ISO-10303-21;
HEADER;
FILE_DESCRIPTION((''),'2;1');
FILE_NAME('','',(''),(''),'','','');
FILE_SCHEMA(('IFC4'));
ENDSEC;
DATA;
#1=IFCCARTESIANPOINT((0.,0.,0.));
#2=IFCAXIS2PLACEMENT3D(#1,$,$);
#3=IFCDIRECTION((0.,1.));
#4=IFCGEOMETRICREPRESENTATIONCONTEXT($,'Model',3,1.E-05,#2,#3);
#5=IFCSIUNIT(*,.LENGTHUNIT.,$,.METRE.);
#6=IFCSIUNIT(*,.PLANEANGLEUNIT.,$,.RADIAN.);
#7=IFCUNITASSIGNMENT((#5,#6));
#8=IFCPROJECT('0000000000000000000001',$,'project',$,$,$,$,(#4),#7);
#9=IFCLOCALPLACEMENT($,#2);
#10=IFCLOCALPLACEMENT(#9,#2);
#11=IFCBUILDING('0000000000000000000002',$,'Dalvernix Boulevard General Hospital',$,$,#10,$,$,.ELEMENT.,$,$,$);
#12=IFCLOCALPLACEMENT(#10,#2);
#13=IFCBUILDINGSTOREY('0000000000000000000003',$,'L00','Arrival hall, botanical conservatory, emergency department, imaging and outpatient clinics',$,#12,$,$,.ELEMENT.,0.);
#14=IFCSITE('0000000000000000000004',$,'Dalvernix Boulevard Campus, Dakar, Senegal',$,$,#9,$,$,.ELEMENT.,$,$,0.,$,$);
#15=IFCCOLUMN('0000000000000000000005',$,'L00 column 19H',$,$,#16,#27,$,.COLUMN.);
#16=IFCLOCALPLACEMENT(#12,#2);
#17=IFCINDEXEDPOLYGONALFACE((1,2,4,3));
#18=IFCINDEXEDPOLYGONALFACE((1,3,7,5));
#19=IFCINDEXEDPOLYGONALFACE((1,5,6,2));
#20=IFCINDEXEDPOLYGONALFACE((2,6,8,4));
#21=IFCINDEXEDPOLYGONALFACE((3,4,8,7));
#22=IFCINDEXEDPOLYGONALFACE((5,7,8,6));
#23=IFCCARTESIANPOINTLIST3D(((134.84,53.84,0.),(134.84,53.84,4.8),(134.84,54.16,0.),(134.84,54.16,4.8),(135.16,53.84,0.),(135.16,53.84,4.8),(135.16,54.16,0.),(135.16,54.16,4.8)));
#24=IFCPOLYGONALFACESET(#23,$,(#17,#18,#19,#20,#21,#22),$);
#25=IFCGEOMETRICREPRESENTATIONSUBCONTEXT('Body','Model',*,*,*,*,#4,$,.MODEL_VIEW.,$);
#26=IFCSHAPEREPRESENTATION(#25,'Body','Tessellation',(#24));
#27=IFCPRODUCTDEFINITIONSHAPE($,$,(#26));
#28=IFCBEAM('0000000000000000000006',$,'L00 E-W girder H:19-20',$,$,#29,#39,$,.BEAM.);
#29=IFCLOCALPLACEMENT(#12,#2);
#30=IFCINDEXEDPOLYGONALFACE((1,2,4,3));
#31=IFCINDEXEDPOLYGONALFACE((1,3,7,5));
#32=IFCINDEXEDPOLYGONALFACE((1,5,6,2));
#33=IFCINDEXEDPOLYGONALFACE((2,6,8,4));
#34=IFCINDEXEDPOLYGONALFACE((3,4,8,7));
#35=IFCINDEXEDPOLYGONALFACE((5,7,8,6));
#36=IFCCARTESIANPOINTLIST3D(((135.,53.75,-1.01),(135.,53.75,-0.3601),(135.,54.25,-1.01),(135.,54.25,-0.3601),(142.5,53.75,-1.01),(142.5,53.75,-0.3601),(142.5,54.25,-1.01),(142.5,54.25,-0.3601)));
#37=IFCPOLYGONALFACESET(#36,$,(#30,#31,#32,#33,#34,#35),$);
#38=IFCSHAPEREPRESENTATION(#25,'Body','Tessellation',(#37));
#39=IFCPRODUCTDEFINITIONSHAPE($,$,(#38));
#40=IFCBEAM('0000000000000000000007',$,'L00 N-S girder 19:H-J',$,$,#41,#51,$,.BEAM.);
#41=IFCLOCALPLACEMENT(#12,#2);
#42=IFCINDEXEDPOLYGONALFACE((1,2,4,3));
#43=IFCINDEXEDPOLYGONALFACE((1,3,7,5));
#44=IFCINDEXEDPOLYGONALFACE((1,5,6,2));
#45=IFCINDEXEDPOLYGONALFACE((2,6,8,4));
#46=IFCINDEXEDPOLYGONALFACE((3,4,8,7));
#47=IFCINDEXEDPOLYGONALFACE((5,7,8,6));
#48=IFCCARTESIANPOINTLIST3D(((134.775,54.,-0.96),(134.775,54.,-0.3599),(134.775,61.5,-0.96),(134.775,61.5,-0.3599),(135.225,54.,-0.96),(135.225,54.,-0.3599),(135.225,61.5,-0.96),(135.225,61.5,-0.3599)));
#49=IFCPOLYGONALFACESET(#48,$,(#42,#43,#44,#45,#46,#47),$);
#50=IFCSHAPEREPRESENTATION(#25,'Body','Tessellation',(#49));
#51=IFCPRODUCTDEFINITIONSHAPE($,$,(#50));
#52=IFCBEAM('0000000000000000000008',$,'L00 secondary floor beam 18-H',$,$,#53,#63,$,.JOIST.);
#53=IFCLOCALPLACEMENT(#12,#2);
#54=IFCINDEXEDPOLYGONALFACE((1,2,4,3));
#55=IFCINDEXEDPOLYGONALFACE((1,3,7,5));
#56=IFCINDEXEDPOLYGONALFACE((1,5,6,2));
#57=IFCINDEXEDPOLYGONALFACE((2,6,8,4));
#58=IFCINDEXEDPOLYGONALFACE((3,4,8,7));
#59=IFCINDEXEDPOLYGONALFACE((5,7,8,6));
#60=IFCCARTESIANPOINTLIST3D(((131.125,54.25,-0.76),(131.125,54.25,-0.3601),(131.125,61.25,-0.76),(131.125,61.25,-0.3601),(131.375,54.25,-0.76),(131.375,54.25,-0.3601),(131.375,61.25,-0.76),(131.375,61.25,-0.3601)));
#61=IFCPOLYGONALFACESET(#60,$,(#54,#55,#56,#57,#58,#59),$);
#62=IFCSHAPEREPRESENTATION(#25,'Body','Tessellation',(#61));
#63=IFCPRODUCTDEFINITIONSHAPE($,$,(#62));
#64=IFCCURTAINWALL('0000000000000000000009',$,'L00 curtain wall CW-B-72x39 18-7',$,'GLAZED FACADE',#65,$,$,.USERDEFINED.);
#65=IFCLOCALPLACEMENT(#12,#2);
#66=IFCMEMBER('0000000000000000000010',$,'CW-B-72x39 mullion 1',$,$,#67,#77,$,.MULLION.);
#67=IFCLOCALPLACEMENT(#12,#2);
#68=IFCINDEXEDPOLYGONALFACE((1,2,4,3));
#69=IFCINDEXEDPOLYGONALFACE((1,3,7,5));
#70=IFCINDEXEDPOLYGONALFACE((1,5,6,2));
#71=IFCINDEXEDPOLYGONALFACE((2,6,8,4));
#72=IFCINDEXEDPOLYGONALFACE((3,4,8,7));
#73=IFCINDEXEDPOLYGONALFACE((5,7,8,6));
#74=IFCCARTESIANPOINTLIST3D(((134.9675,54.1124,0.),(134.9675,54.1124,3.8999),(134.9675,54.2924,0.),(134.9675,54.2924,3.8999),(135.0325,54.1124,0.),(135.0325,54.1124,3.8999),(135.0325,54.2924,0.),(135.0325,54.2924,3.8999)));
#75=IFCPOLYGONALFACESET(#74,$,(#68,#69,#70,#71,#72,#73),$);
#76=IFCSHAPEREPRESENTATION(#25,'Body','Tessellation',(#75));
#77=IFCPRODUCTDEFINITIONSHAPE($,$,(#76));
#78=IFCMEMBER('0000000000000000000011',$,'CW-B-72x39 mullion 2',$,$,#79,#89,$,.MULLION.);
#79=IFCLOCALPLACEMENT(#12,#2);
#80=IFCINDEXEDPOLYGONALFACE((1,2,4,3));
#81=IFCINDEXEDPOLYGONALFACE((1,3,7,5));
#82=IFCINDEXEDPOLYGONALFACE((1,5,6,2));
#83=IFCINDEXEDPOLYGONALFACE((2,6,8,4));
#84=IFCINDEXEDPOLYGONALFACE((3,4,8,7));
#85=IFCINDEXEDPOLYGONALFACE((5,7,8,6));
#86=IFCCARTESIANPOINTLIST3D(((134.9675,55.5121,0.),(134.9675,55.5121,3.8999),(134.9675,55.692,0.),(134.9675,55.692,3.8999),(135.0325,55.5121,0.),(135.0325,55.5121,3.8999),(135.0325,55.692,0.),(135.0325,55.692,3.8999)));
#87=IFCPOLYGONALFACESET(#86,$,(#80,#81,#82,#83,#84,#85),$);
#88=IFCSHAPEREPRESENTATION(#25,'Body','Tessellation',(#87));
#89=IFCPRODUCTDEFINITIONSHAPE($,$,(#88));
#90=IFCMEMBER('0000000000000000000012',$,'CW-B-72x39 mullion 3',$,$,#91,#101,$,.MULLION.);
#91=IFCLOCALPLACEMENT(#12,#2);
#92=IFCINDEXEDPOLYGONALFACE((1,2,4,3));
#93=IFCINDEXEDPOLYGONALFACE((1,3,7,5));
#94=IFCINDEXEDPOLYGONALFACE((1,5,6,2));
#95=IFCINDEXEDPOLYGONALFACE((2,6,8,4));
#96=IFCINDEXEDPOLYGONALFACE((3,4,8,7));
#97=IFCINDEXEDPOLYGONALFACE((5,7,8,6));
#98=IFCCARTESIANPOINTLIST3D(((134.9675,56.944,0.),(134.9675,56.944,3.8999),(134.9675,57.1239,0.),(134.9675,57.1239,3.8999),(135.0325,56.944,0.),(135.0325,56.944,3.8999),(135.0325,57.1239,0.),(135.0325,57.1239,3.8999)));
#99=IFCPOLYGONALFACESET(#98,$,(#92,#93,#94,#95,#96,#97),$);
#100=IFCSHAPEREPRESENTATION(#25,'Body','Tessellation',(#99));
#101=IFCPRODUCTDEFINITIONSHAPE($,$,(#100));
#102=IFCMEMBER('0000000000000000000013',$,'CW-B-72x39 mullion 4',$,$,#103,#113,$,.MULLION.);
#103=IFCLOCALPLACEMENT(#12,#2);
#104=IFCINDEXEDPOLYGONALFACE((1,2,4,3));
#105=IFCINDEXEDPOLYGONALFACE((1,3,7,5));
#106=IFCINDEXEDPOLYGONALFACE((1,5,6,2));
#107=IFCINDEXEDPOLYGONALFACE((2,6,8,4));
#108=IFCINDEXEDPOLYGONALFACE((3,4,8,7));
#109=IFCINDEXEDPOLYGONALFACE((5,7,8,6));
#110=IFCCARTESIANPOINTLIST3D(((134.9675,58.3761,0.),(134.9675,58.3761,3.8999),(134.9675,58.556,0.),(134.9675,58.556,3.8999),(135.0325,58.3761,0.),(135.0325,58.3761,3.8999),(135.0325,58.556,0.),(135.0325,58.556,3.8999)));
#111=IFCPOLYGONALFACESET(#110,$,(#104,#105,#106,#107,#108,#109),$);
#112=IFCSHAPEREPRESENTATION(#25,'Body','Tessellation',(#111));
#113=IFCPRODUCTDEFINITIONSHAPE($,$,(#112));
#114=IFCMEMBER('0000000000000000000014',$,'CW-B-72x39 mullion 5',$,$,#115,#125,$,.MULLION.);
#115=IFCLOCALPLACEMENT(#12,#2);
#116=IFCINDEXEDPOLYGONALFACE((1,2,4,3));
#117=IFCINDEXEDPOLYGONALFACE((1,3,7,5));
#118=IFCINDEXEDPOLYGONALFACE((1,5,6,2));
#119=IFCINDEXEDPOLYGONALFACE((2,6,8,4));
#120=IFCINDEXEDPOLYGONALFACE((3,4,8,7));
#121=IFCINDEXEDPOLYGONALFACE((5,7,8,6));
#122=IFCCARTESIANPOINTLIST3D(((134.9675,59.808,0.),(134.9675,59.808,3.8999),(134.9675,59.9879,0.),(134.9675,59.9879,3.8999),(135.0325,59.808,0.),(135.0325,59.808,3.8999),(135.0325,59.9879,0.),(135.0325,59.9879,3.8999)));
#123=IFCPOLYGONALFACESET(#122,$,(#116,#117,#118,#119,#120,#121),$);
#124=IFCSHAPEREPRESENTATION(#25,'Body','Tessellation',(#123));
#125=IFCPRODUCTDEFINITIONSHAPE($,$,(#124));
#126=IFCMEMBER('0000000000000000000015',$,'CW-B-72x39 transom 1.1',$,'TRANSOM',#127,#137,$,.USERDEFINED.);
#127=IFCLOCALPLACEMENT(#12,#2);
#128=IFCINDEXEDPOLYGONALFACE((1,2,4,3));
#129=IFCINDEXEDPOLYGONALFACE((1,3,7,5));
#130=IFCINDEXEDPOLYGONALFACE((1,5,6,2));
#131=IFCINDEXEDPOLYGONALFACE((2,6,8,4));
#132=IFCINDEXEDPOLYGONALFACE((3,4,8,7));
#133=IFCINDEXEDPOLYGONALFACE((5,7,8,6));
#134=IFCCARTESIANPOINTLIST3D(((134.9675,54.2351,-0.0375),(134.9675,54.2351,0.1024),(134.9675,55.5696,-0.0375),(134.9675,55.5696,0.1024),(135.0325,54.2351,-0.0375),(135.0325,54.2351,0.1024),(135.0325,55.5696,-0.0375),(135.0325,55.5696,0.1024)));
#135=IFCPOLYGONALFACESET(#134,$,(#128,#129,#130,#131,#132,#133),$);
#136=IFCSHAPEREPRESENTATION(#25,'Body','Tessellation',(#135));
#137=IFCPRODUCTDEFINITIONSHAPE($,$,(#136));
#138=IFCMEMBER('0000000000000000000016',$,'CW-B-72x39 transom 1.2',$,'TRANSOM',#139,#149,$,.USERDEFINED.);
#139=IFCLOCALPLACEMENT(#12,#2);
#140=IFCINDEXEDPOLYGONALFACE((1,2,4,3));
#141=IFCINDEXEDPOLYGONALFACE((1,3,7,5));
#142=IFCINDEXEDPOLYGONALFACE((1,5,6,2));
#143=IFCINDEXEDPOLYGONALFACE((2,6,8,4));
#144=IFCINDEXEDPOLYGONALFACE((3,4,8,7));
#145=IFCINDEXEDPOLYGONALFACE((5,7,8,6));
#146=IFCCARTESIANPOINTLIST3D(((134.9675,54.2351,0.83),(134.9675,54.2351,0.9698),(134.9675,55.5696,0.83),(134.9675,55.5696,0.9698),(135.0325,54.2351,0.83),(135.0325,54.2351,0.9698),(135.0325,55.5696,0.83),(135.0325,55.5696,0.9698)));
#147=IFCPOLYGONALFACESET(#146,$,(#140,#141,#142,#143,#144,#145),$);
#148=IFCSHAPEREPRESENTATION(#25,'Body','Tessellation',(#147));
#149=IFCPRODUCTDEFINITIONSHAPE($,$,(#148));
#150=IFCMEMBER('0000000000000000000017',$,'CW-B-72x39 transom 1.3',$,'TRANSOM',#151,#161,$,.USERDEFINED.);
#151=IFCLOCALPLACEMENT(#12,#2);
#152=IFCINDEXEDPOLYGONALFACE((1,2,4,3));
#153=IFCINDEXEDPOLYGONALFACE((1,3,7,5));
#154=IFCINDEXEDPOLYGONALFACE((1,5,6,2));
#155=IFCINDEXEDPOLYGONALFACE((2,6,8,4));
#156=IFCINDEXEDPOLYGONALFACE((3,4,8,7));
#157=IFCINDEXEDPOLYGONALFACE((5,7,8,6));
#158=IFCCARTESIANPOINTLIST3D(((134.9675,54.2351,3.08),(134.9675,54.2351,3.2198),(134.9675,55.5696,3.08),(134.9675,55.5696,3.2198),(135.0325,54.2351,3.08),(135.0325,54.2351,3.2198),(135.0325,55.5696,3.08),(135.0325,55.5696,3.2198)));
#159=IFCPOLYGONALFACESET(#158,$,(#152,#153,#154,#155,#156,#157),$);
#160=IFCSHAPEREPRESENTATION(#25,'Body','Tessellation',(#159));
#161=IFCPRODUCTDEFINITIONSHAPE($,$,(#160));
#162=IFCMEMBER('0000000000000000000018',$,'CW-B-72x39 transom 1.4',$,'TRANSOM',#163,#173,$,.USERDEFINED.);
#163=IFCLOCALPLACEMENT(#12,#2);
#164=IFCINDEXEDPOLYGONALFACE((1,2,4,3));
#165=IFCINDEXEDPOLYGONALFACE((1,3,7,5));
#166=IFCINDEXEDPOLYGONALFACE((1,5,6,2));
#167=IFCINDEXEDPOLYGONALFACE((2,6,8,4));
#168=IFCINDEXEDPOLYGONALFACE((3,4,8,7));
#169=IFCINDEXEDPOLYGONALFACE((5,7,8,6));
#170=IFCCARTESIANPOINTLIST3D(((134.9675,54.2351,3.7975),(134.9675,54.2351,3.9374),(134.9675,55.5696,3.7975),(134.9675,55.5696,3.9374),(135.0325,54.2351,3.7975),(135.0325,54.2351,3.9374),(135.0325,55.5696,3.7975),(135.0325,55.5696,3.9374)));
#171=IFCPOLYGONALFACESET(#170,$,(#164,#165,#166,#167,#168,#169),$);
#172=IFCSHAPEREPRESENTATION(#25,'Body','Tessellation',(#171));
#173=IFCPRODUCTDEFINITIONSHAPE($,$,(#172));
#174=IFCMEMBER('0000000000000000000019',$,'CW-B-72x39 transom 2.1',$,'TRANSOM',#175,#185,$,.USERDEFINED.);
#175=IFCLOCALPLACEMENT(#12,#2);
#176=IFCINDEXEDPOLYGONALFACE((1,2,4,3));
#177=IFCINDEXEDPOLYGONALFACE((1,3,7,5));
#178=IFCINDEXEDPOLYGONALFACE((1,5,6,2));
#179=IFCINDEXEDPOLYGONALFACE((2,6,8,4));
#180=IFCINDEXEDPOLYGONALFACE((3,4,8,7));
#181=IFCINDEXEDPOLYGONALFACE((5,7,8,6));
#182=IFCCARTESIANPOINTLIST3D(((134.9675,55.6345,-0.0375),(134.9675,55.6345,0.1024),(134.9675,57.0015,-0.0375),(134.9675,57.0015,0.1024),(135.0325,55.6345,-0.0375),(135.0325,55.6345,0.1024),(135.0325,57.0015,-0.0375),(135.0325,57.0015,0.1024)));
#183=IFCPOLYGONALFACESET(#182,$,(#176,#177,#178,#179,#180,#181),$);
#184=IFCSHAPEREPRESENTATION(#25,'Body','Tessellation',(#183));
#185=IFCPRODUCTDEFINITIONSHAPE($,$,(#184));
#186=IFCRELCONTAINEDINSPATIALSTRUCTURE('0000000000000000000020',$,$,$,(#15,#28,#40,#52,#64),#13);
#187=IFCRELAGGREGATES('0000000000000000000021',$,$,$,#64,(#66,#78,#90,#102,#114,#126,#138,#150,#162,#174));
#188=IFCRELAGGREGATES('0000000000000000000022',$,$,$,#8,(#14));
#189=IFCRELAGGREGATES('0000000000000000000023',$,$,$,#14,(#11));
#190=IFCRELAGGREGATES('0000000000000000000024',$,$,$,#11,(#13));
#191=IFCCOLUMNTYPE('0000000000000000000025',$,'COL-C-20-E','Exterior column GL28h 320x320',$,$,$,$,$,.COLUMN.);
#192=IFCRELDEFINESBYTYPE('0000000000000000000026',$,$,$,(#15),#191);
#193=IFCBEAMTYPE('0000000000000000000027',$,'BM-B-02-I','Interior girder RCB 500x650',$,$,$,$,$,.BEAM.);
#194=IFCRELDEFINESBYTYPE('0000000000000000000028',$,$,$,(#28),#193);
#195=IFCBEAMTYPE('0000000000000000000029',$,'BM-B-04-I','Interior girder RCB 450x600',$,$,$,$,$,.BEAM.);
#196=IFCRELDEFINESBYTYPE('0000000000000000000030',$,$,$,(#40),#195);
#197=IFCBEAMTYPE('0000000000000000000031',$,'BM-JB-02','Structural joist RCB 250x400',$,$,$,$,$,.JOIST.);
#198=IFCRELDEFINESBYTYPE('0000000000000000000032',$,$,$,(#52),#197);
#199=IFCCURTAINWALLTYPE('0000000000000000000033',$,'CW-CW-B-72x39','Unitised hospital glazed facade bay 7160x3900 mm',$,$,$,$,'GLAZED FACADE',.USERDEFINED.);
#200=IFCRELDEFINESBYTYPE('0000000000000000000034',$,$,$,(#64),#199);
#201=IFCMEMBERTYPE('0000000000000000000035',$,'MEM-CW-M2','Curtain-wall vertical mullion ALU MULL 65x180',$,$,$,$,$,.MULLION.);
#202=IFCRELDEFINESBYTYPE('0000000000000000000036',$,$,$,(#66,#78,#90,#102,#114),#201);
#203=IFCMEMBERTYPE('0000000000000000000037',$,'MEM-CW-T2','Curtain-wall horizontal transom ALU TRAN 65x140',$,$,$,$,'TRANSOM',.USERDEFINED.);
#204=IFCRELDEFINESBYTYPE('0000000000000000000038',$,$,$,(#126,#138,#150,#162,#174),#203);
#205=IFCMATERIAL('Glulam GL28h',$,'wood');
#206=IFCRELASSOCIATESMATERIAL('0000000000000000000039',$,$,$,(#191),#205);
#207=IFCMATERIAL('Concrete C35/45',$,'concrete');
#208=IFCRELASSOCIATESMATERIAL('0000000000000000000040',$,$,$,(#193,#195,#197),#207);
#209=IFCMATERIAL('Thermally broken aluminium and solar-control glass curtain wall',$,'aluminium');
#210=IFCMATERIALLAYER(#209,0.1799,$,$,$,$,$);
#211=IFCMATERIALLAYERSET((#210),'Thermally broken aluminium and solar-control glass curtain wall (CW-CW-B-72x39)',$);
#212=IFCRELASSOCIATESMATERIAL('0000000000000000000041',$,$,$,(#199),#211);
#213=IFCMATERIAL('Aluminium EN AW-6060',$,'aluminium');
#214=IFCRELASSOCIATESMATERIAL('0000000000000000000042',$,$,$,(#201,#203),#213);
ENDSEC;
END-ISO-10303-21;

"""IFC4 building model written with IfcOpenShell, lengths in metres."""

from ifc_helpers import new_model, si_unit, direction, frame, origin, origin_2d, place, context, subcontext, project, spatial, rectangle, extrude, material, layer, layer_set, material_profile, profile_set, type_object, element, aggregate, save


model = new_model("IFC4")

# Units and contexts
model_context = context("Model", 3, precision=1e-05, world=origin(), true_north=direction((0.0, 1.0)))
body_context = subcontext(model_context, "Body", "Model", "MODEL_VIEW")
ifc_project = project(units=[si_unit("LENGTHUNIT", "METRE"), si_unit("PLANEANGLEUNIT", "RADIAN")], contexts=[model_context])

# Site, building, storey
site_placement = place(None, origin())
site = spatial("IfcSite", under=ifc_project, at=site_placement, Name="Dalvernix Boulevard Campus, Dakar, Senegal", CompositionType="ELEMENT", RefElevation=0.0)
building_placement = place(site_placement, origin())
building = spatial("IfcBuilding", under=site, at=building_placement, Name="Dalvernix Boulevard General Hospital", CompositionType="ELEMENT")
storey_placement = place(building_placement, origin())
storey = spatial("IfcBuildingStorey", under=building, at=storey_placement, Name="L00", Description="Arrival hall, botanical conservatory, emergency department, imaging and outpatient clinics", CompositionType="ELEMENT", Elevation=0.0)

# Column
ifc_material_1 = material(Name="Glulam GL28h", Category="wood")
ifc_material_profile_1 = material_profile(ifc_material_1, rectangle(XDim=0.3201, YDim=0.3201, at=origin_2d()), Name="GL28h 320x320")
ifc_profile_set_1 = profile_set([ifc_material_profile_1], Name="Glulam GL28h")
column_type = type_object("IfcColumnType", Name="COL-C-20-E", Description="Exterior column GL28h 320x320", PredefinedType="COLUMN", material=ifc_profile_set_1)
column_placement = place(storey_placement, frame((135.0, 54.0, 0.0), z_axis=(0.0, 0.0, 1.0), x_axis=(1.0, 0.0, 0.0)))
element("IfcColumn", 1, at=column_placement, inside=storey, type_object=column_type, Name="L00 column 19H", PredefinedType="COLUMN", context=body_context, shape_type="SweptSolid", body=[
    extrude(rectangle(XDim=0.3201, YDim=0.3201, at=origin_2d()), origin(), (0.0, 0.0, 1.0), 4.8),
])

# Beams
ifc_material_2 = material(Name="Concrete C35/45", Category="concrete")
ifc_material_profile_2 = material_profile(ifc_material_2, rectangle(XDim=0.5, YDim=0.6499, at=origin_2d()), Name="RCB 500x650")
ifc_profile_set_2 = profile_set([ifc_material_profile_2], Name="Concrete C35/45")
beam_type_1 = type_object("IfcBeamType", Name="BM-B-02-I", Description="Interior girder RCB 500x650", PredefinedType="BEAM", material=ifc_profile_set_2)
beam_1_placement = place(storey_placement, frame((135.0, 54.0, -0.6851), z_axis=(1.0, 0.0, 0.0), x_axis=(0.0, 1.0, 0.0)))
element("IfcBeam", 2, at=beam_1_placement, inside=storey, type_object=beam_type_1, Name="L00 E-W girder H:19-20", PredefinedType="BEAM", context=body_context, shape_type="SweptSolid", body=[
    extrude(rectangle(XDim=0.5, YDim=0.6499, at=origin_2d()), origin(), (0.0, 0.0, 1.0), 7.5),
])
ifc_material_profile_3 = material_profile(ifc_material_2, rectangle(XDim=0.45, YDim=0.6001, at=origin_2d()), Name="RCB 450x600")
ifc_profile_set_3 = profile_set([ifc_material_profile_3], Name="Concrete C35/45")
beam_type_2 = type_object("IfcBeamType", Name="BM-B-04-I", Description="Interior girder RCB 450x600", PredefinedType="BEAM", material=ifc_profile_set_3)
beam_2_placement = place(storey_placement, frame((135.0, 54.0, -0.6599), z_axis=(0.0, 1.0, 0.0), x_axis=(-1.0, 0.0, 0.0)))
element("IfcBeam", 3, at=beam_2_placement, inside=storey, type_object=beam_type_2, Name="L00 N-S girder 19:H-J", PredefinedType="BEAM", context=body_context, shape_type="SweptSolid", body=[
    extrude(rectangle(XDim=0.45, YDim=0.6001, at=origin_2d()), origin(), (0.0, 0.0, 1.0), 7.5),
])
ifc_material_profile_4 = material_profile(ifc_material_2, rectangle(XDim=0.25, YDim=0.3999, at=origin_2d()), Name="RCB 250x400")
ifc_profile_set_4 = profile_set([ifc_material_profile_4], Name="Concrete C35/45")
beam_type_3 = type_object("IfcBeamType", Name="BM-JB-02", Description="Structural joist RCB 250x400", PredefinedType="JOIST", material=ifc_profile_set_4)
beam_3_placement = place(storey_placement, frame((131.25, 54.25, -0.5601), z_axis=(0.0, 1.0, 0.0), x_axis=(-1.0, 0.0, 0.0)))
element("IfcBeam", 4, at=beam_3_placement, inside=storey, type_object=beam_type_3, Name="L00 secondary floor beam 18-H", PredefinedType="JOIST", context=body_context, shape_type="SweptSolid", body=[
    extrude(rectangle(XDim=0.25, YDim=0.3999, at=origin_2d()), origin(), (0.0, 0.0, 1.0), 7.0),
])

# Curtain wall, members
ifc_material_3 = material(Name="Thermally broken aluminium and solar-control glass curtain wall", Category="aluminium")
ifc_layer_1 = layer(ifc_material_3, 0.1799)
ifc_layer_set_1 = layer_set([ifc_layer_1], Name="Thermally broken aluminium and solar-control glass curtain wall (CW-CW-B-72x39)")
curtain_wall_type = type_object("IfcCurtainWallType", Name="CW-CW-B-72x39", Description="Unitised hospital glazed facade bay 7160x3900 mm", ElementType="GLAZED FACADE", PredefinedType="USERDEFINED", material=ifc_layer_set_1)
curtain_wall_placement = place(storey_placement, origin())
curtain_wall = element("IfcCurtainWall", 5, at=curtain_wall_placement, inside=storey, type_object=curtain_wall_type, Name="L00 curtain wall CW-B-72x39 18-7", ObjectType="GLAZED FACADE", PredefinedType="USERDEFINED")
ifc_material_4 = material(Name="Aluminium EN AW-6060", Category="aluminium")
ifc_material_profile_5 = material_profile(ifc_material_4, rectangle(XDim=0.0649, YDim=0.1799, at=origin_2d()), Name="ALU MULL 65x180")
ifc_profile_set_5 = profile_set([ifc_material_profile_5], Name="Aluminium EN AW-6060")
member_type_1 = type_object("IfcMemberType", Name="MEM-CW-M2", Description="Curtain-wall vertical mullion ALU MULL 65x180", PredefinedType="MULLION", material=ifc_profile_set_5)
member_1_placement = place(storey_placement, frame((135.0, 54.2024, 0.0), z_axis=(0.0, 0.0, 1.0), x_axis=(-1.0, 0.0, 0.0)))
member_1 = element("IfcMember", 6, at=member_1_placement, type_object=member_type_1, Name="CW-B-72x39 mullion 1", PredefinedType="MULLION", context=body_context, shape_type="SweptSolid", body=[
    extrude(rectangle(XDim=0.0649, YDim=0.1799, at=origin_2d()), origin(), (0.0, 0.0, 1.0), 3.8999),
])
member_2_placement = place(storey_placement, frame((135.0, 55.6021, 0.0), z_axis=(0.0, 0.0, 1.0), x_axis=(-1.0, 0.0, 0.0)))
member_2 = element("IfcMember", 7, at=member_2_placement, type_object=member_type_1, Name="CW-B-72x39 mullion 2", PredefinedType="MULLION", context=body_context, shape_type="SweptSolid", body=[
    extrude(rectangle(XDim=0.0649, YDim=0.1799, at=origin_2d()), origin(), (0.0, 0.0, 1.0), 3.8999),
])
member_3_placement = place(storey_placement, frame((135.0, 57.0339, 0.0), z_axis=(0.0, 0.0, 1.0), x_axis=(-1.0, 0.0, 0.0)))
member_3 = element("IfcMember", 8, at=member_3_placement, type_object=member_type_1, Name="CW-B-72x39 mullion 3", PredefinedType="MULLION", context=body_context, shape_type="SweptSolid", body=[
    extrude(rectangle(XDim=0.0649, YDim=0.1799, at=origin_2d()), origin(), (0.0, 0.0, 1.0), 3.8999),
])
member_4_placement = place(storey_placement, frame((135.0, 58.4661, 0.0), z_axis=(0.0, 0.0, 1.0), x_axis=(-1.0, 0.0, 0.0)))
member_4 = element("IfcMember", 9, at=member_4_placement, type_object=member_type_1, Name="CW-B-72x39 mullion 4", PredefinedType="MULLION", context=body_context, shape_type="SweptSolid", body=[
    extrude(rectangle(XDim=0.0649, YDim=0.1799, at=origin_2d()), origin(), (0.0, 0.0, 1.0), 3.8999),
])
member_5_placement = place(storey_placement, frame((135.0, 59.8979, 0.0), z_axis=(0.0, 0.0, 1.0), x_axis=(-1.0, 0.0, 0.0)))
member_5 = element("IfcMember", 10, at=member_5_placement, type_object=member_type_1, Name="CW-B-72x39 mullion 5", PredefinedType="MULLION", context=body_context, shape_type="SweptSolid", body=[
    extrude(rectangle(XDim=0.0649, YDim=0.1799, at=origin_2d()), origin(), (0.0, 0.0, 1.0), 3.8999),
])
ifc_material_profile_6 = material_profile(ifc_material_4, rectangle(XDim=0.0649, YDim=0.1399, at=origin_2d()), Name="ALU TRAN 65x140")
ifc_profile_set_6 = profile_set([ifc_material_profile_6], Name="Aluminium EN AW-6060")
member_type_2 = type_object("IfcMemberType", Name="MEM-CW-T2", Description="Curtain-wall horizontal transom ALU TRAN 65x140", ElementType="TRANSOM", PredefinedType="USERDEFINED", material=ifc_profile_set_6)
member_6_placement = place(storey_placement, frame((135.0, 54.2351, 0.0325), z_axis=(0.0, 1.0, 0.0), x_axis=(-1.0, 0.0, 0.0)))
member_6 = element("IfcMember", 11, at=member_6_placement, type_object=member_type_2, Name="CW-B-72x39 transom 1.1", ObjectType="TRANSOM", PredefinedType="USERDEFINED", context=body_context, shape_type="SweptSolid", body=[
    extrude(rectangle(XDim=0.0649, YDim=0.1399, at=origin_2d()), origin(), (0.0, 0.0, 1.0), 1.3345),
])
member_7_placement = place(storey_placement, frame((135.0, 54.2351, 0.8999), z_axis=(0.0, 1.0, 0.0), x_axis=(-1.0, 0.0, 0.0)))
member_7 = element("IfcMember", 12, at=member_7_placement, type_object=member_type_2, Name="CW-B-72x39 transom 1.2", ObjectType="TRANSOM", PredefinedType="USERDEFINED", context=body_context, shape_type="SweptSolid", body=[
    extrude(rectangle(XDim=0.0649, YDim=0.1399, at=origin_2d()), origin(), (0.0, 0.0, 1.0), 1.3345),
])
member_8_placement = place(storey_placement, frame((135.0, 54.2351, 3.1499), z_axis=(0.0, 1.0, 0.0), x_axis=(-1.0, 0.0, 0.0)))
member_8 = element("IfcMember", 13, at=member_8_placement, type_object=member_type_2, Name="CW-B-72x39 transom 1.3", ObjectType="TRANSOM", PredefinedType="USERDEFINED", context=body_context, shape_type="SweptSolid", body=[
    extrude(rectangle(XDim=0.0649, YDim=0.1399, at=origin_2d()), origin(), (0.0, 0.0, 1.0), 1.3345),
])
member_9_placement = place(storey_placement, frame((135.0, 54.2351, 3.8674), z_axis=(0.0, 1.0, 0.0), x_axis=(-1.0, 0.0, 0.0)))
member_9 = element("IfcMember", 14, at=member_9_placement, type_object=member_type_2, Name="CW-B-72x39 transom 1.4", ObjectType="TRANSOM", PredefinedType="USERDEFINED", context=body_context, shape_type="SweptSolid", body=[
    extrude(rectangle(XDim=0.0649, YDim=0.1399, at=origin_2d()), origin(), (0.0, 0.0, 1.0), 1.3345),
])
member_10_placement = place(storey_placement, frame((135.0, 55.6345, 0.0325), z_axis=(0.0, 1.0, 0.0), x_axis=(-1.0, 0.0, 0.0)))
member_10 = element("IfcMember", 15, at=member_10_placement, type_object=member_type_2, Name="CW-B-72x39 transom 2.1", ObjectType="TRANSOM", PredefinedType="USERDEFINED", context=body_context, shape_type="SweptSolid", body=[
    extrude(rectangle(XDim=0.0649, YDim=0.1399, at=origin_2d()), origin(), (0.0, 0.0, 1.0), 1.3669),
])
aggregate(curtain_wall, [member_1, member_2, member_3, member_4, member_5, member_6, member_7, member_8, member_9, member_10])

save(model, "model.ifc")
